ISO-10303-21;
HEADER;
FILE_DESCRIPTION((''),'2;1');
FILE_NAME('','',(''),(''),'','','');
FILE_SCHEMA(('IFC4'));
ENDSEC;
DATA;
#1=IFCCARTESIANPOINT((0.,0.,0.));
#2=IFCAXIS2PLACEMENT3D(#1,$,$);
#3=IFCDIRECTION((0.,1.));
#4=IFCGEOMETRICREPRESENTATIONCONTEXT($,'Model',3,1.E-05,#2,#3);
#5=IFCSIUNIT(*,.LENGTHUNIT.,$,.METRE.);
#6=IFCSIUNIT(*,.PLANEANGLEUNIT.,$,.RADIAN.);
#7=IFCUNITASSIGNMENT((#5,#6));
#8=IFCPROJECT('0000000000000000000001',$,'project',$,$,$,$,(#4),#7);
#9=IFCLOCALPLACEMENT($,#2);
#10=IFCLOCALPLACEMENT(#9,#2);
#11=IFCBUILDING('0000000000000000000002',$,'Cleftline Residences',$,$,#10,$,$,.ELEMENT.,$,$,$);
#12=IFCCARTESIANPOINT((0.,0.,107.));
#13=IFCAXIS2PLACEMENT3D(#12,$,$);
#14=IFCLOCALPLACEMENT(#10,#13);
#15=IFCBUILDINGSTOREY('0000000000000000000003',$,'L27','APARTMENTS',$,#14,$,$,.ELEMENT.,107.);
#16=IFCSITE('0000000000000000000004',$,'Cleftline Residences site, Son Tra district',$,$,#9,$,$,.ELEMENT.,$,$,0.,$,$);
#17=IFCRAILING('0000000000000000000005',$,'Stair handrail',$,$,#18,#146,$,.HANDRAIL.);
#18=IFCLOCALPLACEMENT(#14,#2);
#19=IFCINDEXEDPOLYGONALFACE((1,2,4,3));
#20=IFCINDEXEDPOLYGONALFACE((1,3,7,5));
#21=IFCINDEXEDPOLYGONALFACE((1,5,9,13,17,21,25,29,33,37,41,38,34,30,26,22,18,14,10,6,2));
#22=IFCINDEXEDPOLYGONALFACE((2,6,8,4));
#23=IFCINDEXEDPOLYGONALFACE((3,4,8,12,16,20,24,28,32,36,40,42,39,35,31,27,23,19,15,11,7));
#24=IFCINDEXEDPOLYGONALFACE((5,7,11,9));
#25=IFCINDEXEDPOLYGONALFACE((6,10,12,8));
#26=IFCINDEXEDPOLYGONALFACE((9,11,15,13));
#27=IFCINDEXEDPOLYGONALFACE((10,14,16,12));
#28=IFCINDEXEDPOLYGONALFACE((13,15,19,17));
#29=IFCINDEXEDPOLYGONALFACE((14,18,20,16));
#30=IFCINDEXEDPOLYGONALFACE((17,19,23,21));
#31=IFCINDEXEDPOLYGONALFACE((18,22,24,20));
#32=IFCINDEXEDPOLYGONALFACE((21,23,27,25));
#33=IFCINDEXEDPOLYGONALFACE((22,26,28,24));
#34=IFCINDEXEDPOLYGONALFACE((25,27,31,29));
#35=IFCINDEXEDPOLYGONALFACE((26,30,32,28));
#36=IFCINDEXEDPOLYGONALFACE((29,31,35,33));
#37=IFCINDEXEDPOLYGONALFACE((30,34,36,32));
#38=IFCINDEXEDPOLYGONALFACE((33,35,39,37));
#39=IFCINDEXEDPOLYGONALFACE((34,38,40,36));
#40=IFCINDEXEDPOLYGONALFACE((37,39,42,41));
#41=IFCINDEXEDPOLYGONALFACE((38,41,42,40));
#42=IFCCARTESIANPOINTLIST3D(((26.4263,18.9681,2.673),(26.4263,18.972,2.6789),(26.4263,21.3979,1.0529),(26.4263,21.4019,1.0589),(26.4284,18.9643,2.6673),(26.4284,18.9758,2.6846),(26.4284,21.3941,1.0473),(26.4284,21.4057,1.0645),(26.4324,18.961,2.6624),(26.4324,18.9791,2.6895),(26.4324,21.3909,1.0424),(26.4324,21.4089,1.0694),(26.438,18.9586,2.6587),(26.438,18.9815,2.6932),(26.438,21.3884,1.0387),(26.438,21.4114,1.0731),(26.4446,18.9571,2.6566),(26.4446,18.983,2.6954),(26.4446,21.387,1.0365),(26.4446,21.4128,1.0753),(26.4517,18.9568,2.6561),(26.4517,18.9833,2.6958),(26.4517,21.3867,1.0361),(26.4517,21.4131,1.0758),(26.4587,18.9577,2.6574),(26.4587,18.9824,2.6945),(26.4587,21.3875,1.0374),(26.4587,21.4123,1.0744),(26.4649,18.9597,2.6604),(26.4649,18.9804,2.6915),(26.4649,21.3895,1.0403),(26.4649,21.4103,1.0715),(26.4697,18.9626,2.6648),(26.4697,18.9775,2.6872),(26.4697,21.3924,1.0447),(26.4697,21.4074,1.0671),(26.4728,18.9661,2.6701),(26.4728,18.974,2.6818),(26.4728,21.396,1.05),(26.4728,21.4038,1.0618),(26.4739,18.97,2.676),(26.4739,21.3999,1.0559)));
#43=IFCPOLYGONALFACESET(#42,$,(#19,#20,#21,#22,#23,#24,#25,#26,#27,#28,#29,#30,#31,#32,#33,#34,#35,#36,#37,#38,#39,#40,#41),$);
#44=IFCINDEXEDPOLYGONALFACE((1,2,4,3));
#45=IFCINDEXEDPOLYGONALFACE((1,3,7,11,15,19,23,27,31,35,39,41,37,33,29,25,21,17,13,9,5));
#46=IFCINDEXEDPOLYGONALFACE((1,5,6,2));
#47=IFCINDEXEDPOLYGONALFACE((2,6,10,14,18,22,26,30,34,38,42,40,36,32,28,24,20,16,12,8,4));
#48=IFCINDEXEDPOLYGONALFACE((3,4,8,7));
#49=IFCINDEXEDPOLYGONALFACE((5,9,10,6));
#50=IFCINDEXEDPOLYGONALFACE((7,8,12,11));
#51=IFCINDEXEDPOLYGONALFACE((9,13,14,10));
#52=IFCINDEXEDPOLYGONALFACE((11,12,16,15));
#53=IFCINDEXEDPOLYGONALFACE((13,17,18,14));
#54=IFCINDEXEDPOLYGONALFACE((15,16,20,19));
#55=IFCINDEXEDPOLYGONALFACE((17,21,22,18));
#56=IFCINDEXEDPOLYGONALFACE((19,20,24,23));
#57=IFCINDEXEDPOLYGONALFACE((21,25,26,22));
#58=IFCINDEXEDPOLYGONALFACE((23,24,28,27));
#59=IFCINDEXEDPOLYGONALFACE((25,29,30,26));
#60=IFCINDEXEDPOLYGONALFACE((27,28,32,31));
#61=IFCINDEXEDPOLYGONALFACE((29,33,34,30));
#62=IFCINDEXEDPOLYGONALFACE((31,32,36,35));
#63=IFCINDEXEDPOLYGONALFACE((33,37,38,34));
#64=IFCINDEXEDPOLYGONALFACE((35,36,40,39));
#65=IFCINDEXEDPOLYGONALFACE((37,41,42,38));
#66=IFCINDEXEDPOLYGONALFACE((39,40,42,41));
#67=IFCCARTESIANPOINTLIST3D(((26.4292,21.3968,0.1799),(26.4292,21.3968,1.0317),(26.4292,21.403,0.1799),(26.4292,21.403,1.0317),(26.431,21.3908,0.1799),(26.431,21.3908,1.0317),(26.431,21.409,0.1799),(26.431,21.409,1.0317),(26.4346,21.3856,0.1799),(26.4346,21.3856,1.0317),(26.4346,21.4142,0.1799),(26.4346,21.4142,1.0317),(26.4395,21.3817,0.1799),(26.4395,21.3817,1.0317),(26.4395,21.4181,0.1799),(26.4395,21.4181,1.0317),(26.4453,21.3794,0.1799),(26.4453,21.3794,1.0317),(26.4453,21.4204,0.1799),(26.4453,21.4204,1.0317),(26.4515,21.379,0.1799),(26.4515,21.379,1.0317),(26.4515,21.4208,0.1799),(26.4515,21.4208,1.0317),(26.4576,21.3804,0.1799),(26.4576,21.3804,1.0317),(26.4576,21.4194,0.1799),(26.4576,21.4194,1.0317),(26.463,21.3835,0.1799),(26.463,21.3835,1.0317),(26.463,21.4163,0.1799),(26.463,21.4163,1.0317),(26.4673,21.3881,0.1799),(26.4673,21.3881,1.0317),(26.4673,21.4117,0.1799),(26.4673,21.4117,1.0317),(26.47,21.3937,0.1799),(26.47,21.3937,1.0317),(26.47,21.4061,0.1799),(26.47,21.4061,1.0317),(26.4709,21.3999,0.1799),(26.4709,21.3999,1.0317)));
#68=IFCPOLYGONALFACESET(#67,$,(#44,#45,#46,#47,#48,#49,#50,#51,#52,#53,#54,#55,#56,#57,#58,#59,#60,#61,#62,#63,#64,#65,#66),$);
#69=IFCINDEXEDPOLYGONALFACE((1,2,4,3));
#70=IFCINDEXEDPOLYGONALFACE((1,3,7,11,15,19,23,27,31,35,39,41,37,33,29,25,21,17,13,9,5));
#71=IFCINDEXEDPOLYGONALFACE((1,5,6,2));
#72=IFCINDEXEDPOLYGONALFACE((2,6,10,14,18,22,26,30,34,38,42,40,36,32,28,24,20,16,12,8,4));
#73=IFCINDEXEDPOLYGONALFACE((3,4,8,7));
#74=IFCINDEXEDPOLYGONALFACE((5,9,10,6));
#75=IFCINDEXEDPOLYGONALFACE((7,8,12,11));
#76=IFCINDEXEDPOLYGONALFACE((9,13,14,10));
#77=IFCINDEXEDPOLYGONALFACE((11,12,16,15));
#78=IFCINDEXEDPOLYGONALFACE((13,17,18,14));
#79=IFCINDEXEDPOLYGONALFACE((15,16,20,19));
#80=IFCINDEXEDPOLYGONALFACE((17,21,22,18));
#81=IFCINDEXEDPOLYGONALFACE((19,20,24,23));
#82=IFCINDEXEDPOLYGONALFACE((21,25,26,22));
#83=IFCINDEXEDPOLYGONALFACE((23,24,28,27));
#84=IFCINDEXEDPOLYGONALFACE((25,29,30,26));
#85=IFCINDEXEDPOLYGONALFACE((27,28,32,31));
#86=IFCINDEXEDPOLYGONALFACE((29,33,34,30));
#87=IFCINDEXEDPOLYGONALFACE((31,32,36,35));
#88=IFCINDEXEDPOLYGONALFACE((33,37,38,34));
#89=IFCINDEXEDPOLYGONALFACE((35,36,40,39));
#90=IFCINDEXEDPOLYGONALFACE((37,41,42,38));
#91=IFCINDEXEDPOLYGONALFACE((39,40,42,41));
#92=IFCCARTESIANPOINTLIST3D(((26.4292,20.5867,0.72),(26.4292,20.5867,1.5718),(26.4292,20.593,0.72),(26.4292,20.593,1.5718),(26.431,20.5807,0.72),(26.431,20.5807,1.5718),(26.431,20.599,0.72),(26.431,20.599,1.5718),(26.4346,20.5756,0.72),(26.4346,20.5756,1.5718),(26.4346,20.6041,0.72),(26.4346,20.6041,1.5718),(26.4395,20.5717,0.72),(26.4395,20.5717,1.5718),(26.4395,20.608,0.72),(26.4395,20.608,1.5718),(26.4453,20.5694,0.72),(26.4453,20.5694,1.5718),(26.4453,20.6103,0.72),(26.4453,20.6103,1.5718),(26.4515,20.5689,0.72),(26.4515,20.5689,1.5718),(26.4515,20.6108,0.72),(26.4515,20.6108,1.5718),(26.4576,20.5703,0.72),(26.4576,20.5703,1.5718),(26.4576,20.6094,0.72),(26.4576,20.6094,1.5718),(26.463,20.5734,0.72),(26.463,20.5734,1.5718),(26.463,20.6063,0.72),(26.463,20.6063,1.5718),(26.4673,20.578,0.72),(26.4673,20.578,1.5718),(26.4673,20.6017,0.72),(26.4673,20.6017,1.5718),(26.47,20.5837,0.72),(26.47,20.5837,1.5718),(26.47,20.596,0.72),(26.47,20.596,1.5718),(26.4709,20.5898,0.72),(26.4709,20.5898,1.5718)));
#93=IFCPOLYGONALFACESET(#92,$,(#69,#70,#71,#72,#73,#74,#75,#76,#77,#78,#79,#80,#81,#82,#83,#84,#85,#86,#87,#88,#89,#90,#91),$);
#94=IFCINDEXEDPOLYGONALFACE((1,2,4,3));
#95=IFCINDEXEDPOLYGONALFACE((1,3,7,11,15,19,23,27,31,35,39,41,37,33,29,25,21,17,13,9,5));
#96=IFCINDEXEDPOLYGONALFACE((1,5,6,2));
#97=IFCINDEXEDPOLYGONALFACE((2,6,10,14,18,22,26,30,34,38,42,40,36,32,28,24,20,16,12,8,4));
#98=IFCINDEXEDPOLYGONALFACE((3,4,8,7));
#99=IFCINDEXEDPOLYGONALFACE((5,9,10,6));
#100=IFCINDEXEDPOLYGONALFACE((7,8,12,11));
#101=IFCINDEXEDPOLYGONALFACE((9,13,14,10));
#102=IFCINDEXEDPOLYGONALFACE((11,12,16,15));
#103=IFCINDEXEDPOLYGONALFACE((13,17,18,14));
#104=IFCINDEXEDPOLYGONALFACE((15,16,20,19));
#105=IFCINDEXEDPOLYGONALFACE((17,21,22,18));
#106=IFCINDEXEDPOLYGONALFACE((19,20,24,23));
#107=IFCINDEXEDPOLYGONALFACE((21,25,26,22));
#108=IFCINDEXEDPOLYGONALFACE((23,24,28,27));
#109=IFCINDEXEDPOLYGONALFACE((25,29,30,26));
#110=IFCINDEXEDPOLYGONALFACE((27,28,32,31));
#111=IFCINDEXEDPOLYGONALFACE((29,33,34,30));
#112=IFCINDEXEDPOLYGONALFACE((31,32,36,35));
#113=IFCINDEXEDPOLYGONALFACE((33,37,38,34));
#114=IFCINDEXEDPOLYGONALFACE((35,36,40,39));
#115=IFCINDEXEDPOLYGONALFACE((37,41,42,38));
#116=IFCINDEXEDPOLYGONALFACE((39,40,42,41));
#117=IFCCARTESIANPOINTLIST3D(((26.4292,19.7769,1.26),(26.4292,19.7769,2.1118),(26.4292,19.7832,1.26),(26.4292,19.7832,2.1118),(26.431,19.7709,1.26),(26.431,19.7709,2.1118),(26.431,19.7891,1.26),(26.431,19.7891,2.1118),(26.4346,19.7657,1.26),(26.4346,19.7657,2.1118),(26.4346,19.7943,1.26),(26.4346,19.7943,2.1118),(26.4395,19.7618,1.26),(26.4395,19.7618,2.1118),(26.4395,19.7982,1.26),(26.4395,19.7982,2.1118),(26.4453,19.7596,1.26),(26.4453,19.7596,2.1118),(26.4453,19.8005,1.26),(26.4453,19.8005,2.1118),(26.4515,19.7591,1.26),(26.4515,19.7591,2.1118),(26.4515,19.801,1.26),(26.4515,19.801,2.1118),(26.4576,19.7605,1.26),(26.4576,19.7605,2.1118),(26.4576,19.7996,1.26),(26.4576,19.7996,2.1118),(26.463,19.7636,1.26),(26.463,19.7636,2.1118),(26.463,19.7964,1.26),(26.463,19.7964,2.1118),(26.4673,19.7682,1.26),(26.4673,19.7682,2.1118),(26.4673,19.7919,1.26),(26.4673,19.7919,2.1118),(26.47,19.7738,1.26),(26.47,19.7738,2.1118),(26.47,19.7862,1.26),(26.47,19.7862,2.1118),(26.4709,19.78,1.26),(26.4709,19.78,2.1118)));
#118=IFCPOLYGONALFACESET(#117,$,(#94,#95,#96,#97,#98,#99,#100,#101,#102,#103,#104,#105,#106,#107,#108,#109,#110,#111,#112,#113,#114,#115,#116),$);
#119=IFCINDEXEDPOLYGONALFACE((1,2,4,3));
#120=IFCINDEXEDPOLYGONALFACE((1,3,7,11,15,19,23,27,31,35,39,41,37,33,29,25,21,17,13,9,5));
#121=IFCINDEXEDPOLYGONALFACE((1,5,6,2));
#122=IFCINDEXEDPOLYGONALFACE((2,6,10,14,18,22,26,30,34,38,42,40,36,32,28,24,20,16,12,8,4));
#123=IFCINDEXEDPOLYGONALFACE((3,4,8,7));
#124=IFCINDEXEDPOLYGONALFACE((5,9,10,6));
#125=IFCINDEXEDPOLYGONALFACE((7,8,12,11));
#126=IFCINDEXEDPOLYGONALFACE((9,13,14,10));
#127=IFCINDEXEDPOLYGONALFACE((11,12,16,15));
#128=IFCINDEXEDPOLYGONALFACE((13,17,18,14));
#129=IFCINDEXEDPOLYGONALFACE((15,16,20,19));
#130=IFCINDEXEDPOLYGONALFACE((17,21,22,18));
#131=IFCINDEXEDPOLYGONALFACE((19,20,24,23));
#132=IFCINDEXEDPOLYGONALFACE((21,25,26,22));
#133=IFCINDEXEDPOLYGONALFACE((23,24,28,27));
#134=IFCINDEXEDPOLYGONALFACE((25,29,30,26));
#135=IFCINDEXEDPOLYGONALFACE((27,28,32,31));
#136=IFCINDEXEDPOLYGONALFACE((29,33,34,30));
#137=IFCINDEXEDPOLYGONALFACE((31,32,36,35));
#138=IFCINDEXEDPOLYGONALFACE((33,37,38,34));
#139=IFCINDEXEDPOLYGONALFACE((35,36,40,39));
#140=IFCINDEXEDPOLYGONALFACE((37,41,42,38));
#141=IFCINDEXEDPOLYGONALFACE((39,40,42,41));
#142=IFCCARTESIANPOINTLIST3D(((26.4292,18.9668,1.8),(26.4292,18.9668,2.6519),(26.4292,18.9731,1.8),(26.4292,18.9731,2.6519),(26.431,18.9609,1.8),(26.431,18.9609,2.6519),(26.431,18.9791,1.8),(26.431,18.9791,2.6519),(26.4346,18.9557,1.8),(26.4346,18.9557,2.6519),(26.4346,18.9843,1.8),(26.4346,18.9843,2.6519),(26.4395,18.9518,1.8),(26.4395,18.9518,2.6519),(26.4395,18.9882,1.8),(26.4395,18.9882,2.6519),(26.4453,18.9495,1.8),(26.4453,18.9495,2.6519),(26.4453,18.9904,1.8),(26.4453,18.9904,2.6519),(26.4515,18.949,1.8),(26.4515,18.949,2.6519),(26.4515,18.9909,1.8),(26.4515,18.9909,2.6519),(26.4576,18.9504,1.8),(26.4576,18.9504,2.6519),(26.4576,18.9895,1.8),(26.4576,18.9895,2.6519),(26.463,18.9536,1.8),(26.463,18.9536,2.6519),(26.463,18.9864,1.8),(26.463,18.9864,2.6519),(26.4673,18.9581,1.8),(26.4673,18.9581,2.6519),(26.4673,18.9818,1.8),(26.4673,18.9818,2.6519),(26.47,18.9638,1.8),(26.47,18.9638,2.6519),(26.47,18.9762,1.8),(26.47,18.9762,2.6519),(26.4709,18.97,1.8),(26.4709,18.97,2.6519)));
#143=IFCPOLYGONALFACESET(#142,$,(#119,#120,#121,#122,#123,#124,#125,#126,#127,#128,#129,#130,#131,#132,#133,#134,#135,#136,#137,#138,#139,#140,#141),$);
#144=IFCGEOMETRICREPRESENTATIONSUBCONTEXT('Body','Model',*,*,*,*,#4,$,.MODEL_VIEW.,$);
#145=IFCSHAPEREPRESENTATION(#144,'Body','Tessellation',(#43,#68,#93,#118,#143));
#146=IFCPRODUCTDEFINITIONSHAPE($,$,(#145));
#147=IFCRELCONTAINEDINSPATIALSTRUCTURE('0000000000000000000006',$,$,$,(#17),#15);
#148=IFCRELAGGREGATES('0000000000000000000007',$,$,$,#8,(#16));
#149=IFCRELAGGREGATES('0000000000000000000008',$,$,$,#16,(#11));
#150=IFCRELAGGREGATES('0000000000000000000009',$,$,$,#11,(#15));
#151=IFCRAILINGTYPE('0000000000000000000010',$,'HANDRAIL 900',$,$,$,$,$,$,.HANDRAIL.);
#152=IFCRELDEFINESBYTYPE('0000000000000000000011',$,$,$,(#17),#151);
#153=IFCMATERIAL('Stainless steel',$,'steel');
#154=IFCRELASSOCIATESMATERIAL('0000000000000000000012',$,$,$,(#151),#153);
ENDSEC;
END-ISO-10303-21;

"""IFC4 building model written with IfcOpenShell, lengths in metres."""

from ifc_helpers import new_model, si_unit, direction, frame, origin, origin_2d, place, context, subcontext, project, spatial, circle, extrude, material, type_object, element, save


model = new_model("IFC4")

# Units and contexts
model_context = context("Model", 3, precision=1e-05, world=origin(), true_north=direction((0.0, 1.0)))
body_context = subcontext(model_context, "Body", "Model", "MODEL_VIEW")
ifc_project = project(units=[si_unit("LENGTHUNIT", "METRE"), si_unit("PLANEANGLEUNIT", "RADIAN")], contexts=[model_context])

# Site, building, storey
site_placement = place(None, origin())
site = spatial("IfcSite", under=ifc_project, at=site_placement, Name="Cleftline Residences site, Son Tra district", CompositionType="ELEMENT", RefElevation=0.0)
building_placement = place(site_placement, origin())
building = spatial("IfcBuilding", under=site, at=building_placement, Name="Cleftline Residences", CompositionType="ELEMENT")
storey_placement = place(building_placement, frame((0.0, 0.0, 107.0)))
storey = spatial("IfcBuildingStorey", under=building, at=storey_placement, Name="L27", Description="APARTMENTS", CompositionType="ELEMENT", Elevation=107.0)

# Railing
ifc_material_1 = material(Name="Stainless steel", Category="steel")
railing_type = type_object("IfcRailingType", Name="HANDRAIL 900", PredefinedType="HANDRAIL", material=ifc_material_1)
railing_1_placement = place(storey_placement, frame((26.45, 21.3999, 0.1799)))
element("IfcRailing", 1, at=railing_1_placement, inside=storey, type_object=railing_type, Name="Stair handrail", PredefinedType="HANDRAIL", context=body_context, shape_type="SweptSolid", body=[
    extrude(circle(Radius=0.0239, at=origin_2d()), frame((0.0, 0.0, 0.876), z_axis=(0.0, -0.832025, 0.554739), x_axis=(1.0, 0.0, 0.0)), (0.0, 0.0, 1.0), 2.9204),
    extrude(circle(Radius=0.021, at=origin_2d()), origin(), (0.0, 0.0, 1.0), 0.8518),
    extrude(circle(Radius=0.021, at=origin_2d()), frame((0.0, -0.8101, 0.54)), (0.0, 0.0, 1.0), 0.8518),
    extrude(circle(Radius=0.021, at=origin_2d()), frame((0.0, -1.6199, 1.0801)), (0.0, 0.0, 1.0), 0.8518),
    extrude(circle(Radius=0.021, at=origin_2d()), frame((0.0, -2.4299, 1.6201)), (0.0, 0.0, 1.0), 0.8518),
])

save(model, "model.ifc")
